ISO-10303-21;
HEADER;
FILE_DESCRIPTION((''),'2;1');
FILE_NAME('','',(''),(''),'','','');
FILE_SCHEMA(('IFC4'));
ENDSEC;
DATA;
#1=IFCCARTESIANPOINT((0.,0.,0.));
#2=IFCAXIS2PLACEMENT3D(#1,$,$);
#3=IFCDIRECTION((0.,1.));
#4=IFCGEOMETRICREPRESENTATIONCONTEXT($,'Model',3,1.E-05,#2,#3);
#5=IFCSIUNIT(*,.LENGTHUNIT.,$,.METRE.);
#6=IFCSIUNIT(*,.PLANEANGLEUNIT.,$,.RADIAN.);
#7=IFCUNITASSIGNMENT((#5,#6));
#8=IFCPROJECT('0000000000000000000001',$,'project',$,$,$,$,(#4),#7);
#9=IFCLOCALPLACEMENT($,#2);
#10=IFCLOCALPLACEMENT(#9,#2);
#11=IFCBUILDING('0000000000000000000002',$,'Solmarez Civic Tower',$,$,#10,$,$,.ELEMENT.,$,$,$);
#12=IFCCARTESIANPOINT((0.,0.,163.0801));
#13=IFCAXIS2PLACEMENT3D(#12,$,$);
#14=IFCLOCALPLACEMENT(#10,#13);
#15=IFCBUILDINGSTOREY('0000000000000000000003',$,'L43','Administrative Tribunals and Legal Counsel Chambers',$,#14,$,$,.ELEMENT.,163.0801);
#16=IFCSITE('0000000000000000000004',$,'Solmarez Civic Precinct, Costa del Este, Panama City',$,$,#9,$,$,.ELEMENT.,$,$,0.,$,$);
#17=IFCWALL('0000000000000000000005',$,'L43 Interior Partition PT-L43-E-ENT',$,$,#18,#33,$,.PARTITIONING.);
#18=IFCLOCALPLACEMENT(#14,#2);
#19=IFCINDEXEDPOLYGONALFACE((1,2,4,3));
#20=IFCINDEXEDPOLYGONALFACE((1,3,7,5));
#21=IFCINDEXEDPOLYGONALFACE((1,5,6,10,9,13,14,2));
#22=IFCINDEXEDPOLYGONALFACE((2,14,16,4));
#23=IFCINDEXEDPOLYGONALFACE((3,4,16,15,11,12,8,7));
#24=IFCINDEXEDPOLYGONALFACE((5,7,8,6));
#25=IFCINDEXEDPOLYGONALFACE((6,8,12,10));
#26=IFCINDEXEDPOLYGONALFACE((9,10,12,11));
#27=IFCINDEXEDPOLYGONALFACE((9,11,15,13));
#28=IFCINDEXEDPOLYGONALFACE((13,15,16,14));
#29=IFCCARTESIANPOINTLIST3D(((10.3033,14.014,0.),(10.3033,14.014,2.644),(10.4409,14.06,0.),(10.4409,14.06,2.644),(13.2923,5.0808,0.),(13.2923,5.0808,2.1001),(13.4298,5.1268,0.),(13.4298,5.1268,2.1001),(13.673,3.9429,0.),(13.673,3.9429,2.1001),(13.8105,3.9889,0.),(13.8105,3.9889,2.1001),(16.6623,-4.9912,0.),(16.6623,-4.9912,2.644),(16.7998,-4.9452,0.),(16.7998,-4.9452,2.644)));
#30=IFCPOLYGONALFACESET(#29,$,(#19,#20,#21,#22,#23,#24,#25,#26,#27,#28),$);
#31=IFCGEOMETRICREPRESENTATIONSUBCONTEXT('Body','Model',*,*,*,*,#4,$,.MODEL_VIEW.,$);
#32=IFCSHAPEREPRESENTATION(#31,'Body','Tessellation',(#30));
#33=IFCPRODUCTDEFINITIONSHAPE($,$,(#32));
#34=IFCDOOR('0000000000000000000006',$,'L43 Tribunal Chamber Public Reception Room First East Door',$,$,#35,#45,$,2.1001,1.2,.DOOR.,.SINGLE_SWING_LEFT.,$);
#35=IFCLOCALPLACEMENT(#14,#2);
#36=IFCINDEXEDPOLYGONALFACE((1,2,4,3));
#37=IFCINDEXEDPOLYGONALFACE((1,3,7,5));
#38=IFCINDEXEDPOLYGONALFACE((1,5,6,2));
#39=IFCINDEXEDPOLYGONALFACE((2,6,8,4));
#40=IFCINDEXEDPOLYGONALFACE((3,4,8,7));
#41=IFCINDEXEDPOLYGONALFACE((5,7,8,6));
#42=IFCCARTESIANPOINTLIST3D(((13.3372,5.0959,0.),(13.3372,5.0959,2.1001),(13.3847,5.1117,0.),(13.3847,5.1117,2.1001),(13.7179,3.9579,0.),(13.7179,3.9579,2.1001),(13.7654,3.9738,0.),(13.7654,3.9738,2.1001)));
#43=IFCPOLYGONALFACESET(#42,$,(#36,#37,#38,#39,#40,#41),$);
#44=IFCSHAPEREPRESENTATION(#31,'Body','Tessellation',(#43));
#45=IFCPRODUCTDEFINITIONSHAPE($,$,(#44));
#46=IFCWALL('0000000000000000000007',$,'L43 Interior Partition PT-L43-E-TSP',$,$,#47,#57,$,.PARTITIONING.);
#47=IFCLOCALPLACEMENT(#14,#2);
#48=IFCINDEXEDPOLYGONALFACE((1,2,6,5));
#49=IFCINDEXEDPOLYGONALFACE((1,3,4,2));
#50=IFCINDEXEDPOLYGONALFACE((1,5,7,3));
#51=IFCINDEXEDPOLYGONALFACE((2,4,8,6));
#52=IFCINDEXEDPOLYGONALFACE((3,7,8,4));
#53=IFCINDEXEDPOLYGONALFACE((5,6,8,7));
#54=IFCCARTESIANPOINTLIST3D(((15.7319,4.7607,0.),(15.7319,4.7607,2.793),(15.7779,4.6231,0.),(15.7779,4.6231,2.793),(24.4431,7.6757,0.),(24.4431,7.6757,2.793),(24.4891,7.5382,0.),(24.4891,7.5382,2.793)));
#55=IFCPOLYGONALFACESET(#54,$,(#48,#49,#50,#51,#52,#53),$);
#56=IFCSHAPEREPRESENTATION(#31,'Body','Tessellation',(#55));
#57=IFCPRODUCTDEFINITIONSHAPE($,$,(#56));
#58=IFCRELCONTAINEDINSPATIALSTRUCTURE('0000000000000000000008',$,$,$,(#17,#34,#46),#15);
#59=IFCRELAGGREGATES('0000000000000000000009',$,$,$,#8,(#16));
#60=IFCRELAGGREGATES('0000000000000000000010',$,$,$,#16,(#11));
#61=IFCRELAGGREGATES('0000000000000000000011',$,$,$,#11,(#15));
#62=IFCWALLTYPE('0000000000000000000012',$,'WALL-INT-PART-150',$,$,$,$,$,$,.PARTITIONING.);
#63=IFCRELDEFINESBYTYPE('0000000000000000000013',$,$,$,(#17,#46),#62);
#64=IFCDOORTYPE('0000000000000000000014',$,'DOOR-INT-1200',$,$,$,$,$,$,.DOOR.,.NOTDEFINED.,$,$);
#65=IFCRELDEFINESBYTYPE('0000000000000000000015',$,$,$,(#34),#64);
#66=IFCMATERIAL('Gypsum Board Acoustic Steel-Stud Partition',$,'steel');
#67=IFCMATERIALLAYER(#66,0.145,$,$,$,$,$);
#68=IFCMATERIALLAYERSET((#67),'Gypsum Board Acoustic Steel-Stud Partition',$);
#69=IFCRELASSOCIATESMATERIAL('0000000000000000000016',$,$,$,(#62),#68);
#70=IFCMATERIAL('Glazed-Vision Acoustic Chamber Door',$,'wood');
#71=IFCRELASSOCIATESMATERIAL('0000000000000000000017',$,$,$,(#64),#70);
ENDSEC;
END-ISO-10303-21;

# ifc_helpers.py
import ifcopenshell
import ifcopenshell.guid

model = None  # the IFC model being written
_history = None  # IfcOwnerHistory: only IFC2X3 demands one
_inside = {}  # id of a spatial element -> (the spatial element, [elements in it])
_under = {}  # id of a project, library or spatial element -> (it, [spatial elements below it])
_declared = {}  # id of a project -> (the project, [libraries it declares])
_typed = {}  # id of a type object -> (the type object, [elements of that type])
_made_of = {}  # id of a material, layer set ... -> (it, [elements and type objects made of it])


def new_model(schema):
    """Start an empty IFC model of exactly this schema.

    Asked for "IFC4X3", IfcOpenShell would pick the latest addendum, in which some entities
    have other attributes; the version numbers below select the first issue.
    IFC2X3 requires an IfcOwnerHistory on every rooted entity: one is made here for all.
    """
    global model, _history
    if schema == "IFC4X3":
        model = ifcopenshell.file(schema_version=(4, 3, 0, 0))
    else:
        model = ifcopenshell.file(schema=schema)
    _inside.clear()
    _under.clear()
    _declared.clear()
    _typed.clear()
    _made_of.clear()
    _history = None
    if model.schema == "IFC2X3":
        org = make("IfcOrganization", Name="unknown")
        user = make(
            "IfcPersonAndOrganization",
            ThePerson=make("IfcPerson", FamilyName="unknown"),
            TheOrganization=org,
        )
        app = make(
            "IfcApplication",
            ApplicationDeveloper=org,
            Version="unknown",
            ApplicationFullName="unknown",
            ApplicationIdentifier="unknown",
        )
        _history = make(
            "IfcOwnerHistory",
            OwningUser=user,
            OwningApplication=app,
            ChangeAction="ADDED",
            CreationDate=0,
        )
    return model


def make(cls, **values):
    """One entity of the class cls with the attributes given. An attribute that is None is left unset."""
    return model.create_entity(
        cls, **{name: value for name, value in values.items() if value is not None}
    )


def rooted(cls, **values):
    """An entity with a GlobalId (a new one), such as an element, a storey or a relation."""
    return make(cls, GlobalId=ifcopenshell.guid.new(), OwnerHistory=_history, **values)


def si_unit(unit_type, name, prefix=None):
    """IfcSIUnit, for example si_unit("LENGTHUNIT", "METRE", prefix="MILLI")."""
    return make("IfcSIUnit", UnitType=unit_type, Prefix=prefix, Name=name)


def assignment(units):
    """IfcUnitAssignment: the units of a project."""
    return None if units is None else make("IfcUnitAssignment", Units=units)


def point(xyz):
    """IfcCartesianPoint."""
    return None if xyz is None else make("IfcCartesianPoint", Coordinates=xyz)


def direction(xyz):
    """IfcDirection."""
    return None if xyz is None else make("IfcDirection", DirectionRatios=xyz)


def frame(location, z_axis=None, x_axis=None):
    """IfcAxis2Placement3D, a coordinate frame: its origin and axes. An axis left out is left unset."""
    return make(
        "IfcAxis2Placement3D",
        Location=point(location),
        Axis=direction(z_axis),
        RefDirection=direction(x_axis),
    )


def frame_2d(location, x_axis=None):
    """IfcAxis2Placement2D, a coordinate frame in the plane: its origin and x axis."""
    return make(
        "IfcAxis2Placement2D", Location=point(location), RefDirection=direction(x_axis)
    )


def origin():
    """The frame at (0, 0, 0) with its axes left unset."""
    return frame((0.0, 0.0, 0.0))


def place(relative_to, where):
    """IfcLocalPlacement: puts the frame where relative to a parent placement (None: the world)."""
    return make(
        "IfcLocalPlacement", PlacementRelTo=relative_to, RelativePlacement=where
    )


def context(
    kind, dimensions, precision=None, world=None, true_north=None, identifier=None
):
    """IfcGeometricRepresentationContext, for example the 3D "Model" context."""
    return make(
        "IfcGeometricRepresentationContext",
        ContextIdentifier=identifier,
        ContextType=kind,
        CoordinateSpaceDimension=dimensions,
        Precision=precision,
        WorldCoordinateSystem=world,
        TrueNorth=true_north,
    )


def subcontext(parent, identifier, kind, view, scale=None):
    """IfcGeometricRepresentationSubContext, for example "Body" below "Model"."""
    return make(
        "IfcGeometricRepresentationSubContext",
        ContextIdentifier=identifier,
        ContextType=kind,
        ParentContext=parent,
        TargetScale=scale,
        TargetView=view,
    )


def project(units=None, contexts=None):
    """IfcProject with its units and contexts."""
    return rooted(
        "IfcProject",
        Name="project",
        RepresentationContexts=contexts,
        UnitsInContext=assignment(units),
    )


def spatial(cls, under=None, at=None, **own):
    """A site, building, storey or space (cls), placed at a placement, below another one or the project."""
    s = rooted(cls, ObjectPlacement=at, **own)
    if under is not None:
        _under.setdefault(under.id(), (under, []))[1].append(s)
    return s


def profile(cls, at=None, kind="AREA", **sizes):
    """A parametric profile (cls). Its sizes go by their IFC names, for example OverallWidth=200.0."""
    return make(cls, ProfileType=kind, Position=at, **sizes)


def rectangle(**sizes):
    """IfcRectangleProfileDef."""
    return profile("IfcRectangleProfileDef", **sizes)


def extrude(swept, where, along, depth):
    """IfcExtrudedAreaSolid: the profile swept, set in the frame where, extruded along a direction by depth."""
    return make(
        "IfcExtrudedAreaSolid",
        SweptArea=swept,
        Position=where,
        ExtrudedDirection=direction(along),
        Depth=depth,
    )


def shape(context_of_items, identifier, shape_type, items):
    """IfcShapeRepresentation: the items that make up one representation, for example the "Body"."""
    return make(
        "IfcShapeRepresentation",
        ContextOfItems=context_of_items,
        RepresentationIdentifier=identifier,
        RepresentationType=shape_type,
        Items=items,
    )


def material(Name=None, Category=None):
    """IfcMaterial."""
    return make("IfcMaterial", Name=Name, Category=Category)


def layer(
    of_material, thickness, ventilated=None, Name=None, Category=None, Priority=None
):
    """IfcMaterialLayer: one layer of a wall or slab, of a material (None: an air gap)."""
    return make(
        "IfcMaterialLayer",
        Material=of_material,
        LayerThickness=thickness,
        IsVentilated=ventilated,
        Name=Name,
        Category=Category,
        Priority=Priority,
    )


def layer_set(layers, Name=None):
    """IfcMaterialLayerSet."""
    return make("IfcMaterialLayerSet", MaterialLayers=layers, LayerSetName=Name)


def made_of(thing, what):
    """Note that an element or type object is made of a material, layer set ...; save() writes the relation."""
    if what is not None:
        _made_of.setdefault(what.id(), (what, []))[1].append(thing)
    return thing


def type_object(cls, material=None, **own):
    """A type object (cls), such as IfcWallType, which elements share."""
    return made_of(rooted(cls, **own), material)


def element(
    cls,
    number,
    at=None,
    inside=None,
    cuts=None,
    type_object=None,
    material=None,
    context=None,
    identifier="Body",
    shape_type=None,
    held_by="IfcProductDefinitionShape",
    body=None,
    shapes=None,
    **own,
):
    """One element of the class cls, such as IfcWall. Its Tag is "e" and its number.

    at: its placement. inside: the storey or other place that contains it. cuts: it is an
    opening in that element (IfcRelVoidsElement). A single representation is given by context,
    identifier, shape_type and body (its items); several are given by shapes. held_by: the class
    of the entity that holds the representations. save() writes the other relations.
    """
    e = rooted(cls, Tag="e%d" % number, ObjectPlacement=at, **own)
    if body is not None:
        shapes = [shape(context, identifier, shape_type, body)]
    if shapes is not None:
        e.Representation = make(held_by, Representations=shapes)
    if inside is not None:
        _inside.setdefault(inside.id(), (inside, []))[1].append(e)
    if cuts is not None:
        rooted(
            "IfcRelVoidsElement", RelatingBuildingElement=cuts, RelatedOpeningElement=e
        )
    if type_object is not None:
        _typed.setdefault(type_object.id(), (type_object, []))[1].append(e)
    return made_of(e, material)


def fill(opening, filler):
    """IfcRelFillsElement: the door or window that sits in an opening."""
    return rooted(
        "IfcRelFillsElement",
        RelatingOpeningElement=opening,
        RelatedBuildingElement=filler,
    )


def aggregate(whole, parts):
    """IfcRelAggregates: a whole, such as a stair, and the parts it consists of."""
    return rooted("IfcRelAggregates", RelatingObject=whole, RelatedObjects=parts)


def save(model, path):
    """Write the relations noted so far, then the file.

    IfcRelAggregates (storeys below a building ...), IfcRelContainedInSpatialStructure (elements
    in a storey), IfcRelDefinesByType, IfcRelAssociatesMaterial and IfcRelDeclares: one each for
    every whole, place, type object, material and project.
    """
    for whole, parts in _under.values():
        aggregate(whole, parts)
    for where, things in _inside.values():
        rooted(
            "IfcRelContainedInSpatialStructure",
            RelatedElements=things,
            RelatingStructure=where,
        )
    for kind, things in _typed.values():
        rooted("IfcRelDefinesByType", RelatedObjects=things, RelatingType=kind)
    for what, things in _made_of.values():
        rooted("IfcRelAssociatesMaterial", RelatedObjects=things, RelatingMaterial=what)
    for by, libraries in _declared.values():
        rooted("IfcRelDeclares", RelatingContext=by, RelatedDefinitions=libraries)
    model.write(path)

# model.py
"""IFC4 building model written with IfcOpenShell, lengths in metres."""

from ifc_helpers import new_model, si_unit, direction, frame, frame_2d, origin, place, context, subcontext, project, spatial, rectangle, extrude, material, layer, layer_set, type_object, element, fill, save


model = new_model("IFC4")

# Units and contexts
model_context = context("Model", 3, precision=1e-05, world=origin(), true_north=direction((0.0, 1.0)))
body_context = subcontext(model_context, "Body", "Model", "MODEL_VIEW")
ifc_project = project(units=[si_unit("LENGTHUNIT", "METRE"), si_unit("PLANEANGLEUNIT", "RADIAN")], contexts=[model_context])

# Site, building, storey
site_placement = place(None, origin())
site = spatial("IfcSite", under=ifc_project, at=site_placement, Name="Solmarez Civic Precinct, Costa del Este, Panama City", CompositionType="ELEMENT", RefElevation=0.0)
building_placement = place(site_placement, origin())
building = spatial("IfcBuilding", under=site, at=building_placement, Name="Solmarez Civic Tower", CompositionType="ELEMENT")
storey_placement = place(building_placement, frame((0.0, 0.0, 163.0801)))
storey = spatial("IfcBuildingStorey", under=building, at=storey_placement, Name="L43", Description="Administrative Tribunals and Legal Counsel Chambers", CompositionType="ELEMENT", Elevation=163.0801)

# Shared definitions
ifc_material_1 = material(Name="Gypsum Board Acoustic Steel-Stud Partition", Category="steel")

# Wall, opening, door
ifc_layer_1 = layer(ifc_material_1, 0.145)
ifc_layer_set_1 = layer_set([ifc_layer_1], Name="Gypsum Board Acoustic Steel-Stud Partition")
wall_type_1 = type_object("IfcWallType", Name="WALL-INT-PART-150", PredefinedType="PARTITIONING", material=ifc_layer_set_1)
wall_1_placement = place(storey_placement, frame((10.3721, 14.0371, 0.0), z_axis=(0.0, 0.0, 1.0), x_axis=(0.317298, -0.948326, 0.0)))
wall_1 = element("IfcWall", 1, at=wall_1_placement, inside=storey, type_object=wall_type_1, Name="L43 Interior Partition PT-L43-E-ENT", PredefinedType="PARTITIONING", context=body_context, shape_type="SweptSolid", body=[
    extrude(rectangle(XDim=20.0408, YDim=0.145, at=frame_2d((10.0205, 0.0))), origin(), (0.0, 0.0, 1.0), 2.644),
])
opening_1_placement = place(wall_1_placement, frame((9.4199, 0.0, 0.0)))
opening_1 = element("IfcOpeningElement", 2, at=opening_1_placement, cuts=wall_1, PredefinedType="OPENING", context=body_context, shape_type="SweptSolid", body=[
    extrude(rectangle(XDim=1.2, YDim=2.1001, at=frame_2d((0.6001, 1.05))), frame((0.0, 0.0825, 0.0), z_axis=(0.0, -1.0, 0.0), x_axis=(1.0, 0.0, 0.0)), (0.0, 0.0, 1.0), 0.165),
])
ifc_material_2 = material(Name="Glazed-Vision Acoustic Chamber Door", Category="wood")
door_type = type_object("IfcDoorType", Name="DOOR-INT-1200", OperationType="NOTDEFINED", PredefinedType="DOOR", material=ifc_material_2)
door_placement = place(opening_1_placement, origin())
door = element("IfcDoor", 3, at=door_placement, inside=storey, type_object=door_type, Name="L43 Tribunal Chamber Public Reception Room First East Door", OperationType="SINGLE_SWING_LEFT", OverallHeight=2.1001, OverallWidth=1.2, PredefinedType="DOOR", context=body_context, shape_type="SweptSolid", body=[
    extrude(rectangle(XDim=1.2, YDim=2.1001, at=frame_2d((0.6001, 1.05))), frame((0.0, 0.0249, 0.0), z_axis=(0.0, -1.0, 0.0), x_axis=(1.0, 0.0, 0.0)), (0.0, 0.0, 1.0), 0.05),
])
fill(opening_1, door)

# Wall
wall_2_placement = place(storey_placement, frame((15.7549, 4.6919, 0.0), z_axis=(0.0, 0.0, 1.0), x_axis=(0.948313, 0.317336, 0.0)))
element("IfcWall", 4, at=wall_2_placement, inside=storey, type_object=wall_type_1, Name="L43 Interior Partition PT-L43-E-TSP", PredefinedType="PARTITIONING", context=body_context, shape_type="SweptSolid", body=[
    extrude(rectangle(XDim=9.186, YDim=0.145, at=frame_2d((4.593, 0.0))), origin(), (0.0, 0.0, 1.0), 2.793),
])

save(model, "model.ifc")
